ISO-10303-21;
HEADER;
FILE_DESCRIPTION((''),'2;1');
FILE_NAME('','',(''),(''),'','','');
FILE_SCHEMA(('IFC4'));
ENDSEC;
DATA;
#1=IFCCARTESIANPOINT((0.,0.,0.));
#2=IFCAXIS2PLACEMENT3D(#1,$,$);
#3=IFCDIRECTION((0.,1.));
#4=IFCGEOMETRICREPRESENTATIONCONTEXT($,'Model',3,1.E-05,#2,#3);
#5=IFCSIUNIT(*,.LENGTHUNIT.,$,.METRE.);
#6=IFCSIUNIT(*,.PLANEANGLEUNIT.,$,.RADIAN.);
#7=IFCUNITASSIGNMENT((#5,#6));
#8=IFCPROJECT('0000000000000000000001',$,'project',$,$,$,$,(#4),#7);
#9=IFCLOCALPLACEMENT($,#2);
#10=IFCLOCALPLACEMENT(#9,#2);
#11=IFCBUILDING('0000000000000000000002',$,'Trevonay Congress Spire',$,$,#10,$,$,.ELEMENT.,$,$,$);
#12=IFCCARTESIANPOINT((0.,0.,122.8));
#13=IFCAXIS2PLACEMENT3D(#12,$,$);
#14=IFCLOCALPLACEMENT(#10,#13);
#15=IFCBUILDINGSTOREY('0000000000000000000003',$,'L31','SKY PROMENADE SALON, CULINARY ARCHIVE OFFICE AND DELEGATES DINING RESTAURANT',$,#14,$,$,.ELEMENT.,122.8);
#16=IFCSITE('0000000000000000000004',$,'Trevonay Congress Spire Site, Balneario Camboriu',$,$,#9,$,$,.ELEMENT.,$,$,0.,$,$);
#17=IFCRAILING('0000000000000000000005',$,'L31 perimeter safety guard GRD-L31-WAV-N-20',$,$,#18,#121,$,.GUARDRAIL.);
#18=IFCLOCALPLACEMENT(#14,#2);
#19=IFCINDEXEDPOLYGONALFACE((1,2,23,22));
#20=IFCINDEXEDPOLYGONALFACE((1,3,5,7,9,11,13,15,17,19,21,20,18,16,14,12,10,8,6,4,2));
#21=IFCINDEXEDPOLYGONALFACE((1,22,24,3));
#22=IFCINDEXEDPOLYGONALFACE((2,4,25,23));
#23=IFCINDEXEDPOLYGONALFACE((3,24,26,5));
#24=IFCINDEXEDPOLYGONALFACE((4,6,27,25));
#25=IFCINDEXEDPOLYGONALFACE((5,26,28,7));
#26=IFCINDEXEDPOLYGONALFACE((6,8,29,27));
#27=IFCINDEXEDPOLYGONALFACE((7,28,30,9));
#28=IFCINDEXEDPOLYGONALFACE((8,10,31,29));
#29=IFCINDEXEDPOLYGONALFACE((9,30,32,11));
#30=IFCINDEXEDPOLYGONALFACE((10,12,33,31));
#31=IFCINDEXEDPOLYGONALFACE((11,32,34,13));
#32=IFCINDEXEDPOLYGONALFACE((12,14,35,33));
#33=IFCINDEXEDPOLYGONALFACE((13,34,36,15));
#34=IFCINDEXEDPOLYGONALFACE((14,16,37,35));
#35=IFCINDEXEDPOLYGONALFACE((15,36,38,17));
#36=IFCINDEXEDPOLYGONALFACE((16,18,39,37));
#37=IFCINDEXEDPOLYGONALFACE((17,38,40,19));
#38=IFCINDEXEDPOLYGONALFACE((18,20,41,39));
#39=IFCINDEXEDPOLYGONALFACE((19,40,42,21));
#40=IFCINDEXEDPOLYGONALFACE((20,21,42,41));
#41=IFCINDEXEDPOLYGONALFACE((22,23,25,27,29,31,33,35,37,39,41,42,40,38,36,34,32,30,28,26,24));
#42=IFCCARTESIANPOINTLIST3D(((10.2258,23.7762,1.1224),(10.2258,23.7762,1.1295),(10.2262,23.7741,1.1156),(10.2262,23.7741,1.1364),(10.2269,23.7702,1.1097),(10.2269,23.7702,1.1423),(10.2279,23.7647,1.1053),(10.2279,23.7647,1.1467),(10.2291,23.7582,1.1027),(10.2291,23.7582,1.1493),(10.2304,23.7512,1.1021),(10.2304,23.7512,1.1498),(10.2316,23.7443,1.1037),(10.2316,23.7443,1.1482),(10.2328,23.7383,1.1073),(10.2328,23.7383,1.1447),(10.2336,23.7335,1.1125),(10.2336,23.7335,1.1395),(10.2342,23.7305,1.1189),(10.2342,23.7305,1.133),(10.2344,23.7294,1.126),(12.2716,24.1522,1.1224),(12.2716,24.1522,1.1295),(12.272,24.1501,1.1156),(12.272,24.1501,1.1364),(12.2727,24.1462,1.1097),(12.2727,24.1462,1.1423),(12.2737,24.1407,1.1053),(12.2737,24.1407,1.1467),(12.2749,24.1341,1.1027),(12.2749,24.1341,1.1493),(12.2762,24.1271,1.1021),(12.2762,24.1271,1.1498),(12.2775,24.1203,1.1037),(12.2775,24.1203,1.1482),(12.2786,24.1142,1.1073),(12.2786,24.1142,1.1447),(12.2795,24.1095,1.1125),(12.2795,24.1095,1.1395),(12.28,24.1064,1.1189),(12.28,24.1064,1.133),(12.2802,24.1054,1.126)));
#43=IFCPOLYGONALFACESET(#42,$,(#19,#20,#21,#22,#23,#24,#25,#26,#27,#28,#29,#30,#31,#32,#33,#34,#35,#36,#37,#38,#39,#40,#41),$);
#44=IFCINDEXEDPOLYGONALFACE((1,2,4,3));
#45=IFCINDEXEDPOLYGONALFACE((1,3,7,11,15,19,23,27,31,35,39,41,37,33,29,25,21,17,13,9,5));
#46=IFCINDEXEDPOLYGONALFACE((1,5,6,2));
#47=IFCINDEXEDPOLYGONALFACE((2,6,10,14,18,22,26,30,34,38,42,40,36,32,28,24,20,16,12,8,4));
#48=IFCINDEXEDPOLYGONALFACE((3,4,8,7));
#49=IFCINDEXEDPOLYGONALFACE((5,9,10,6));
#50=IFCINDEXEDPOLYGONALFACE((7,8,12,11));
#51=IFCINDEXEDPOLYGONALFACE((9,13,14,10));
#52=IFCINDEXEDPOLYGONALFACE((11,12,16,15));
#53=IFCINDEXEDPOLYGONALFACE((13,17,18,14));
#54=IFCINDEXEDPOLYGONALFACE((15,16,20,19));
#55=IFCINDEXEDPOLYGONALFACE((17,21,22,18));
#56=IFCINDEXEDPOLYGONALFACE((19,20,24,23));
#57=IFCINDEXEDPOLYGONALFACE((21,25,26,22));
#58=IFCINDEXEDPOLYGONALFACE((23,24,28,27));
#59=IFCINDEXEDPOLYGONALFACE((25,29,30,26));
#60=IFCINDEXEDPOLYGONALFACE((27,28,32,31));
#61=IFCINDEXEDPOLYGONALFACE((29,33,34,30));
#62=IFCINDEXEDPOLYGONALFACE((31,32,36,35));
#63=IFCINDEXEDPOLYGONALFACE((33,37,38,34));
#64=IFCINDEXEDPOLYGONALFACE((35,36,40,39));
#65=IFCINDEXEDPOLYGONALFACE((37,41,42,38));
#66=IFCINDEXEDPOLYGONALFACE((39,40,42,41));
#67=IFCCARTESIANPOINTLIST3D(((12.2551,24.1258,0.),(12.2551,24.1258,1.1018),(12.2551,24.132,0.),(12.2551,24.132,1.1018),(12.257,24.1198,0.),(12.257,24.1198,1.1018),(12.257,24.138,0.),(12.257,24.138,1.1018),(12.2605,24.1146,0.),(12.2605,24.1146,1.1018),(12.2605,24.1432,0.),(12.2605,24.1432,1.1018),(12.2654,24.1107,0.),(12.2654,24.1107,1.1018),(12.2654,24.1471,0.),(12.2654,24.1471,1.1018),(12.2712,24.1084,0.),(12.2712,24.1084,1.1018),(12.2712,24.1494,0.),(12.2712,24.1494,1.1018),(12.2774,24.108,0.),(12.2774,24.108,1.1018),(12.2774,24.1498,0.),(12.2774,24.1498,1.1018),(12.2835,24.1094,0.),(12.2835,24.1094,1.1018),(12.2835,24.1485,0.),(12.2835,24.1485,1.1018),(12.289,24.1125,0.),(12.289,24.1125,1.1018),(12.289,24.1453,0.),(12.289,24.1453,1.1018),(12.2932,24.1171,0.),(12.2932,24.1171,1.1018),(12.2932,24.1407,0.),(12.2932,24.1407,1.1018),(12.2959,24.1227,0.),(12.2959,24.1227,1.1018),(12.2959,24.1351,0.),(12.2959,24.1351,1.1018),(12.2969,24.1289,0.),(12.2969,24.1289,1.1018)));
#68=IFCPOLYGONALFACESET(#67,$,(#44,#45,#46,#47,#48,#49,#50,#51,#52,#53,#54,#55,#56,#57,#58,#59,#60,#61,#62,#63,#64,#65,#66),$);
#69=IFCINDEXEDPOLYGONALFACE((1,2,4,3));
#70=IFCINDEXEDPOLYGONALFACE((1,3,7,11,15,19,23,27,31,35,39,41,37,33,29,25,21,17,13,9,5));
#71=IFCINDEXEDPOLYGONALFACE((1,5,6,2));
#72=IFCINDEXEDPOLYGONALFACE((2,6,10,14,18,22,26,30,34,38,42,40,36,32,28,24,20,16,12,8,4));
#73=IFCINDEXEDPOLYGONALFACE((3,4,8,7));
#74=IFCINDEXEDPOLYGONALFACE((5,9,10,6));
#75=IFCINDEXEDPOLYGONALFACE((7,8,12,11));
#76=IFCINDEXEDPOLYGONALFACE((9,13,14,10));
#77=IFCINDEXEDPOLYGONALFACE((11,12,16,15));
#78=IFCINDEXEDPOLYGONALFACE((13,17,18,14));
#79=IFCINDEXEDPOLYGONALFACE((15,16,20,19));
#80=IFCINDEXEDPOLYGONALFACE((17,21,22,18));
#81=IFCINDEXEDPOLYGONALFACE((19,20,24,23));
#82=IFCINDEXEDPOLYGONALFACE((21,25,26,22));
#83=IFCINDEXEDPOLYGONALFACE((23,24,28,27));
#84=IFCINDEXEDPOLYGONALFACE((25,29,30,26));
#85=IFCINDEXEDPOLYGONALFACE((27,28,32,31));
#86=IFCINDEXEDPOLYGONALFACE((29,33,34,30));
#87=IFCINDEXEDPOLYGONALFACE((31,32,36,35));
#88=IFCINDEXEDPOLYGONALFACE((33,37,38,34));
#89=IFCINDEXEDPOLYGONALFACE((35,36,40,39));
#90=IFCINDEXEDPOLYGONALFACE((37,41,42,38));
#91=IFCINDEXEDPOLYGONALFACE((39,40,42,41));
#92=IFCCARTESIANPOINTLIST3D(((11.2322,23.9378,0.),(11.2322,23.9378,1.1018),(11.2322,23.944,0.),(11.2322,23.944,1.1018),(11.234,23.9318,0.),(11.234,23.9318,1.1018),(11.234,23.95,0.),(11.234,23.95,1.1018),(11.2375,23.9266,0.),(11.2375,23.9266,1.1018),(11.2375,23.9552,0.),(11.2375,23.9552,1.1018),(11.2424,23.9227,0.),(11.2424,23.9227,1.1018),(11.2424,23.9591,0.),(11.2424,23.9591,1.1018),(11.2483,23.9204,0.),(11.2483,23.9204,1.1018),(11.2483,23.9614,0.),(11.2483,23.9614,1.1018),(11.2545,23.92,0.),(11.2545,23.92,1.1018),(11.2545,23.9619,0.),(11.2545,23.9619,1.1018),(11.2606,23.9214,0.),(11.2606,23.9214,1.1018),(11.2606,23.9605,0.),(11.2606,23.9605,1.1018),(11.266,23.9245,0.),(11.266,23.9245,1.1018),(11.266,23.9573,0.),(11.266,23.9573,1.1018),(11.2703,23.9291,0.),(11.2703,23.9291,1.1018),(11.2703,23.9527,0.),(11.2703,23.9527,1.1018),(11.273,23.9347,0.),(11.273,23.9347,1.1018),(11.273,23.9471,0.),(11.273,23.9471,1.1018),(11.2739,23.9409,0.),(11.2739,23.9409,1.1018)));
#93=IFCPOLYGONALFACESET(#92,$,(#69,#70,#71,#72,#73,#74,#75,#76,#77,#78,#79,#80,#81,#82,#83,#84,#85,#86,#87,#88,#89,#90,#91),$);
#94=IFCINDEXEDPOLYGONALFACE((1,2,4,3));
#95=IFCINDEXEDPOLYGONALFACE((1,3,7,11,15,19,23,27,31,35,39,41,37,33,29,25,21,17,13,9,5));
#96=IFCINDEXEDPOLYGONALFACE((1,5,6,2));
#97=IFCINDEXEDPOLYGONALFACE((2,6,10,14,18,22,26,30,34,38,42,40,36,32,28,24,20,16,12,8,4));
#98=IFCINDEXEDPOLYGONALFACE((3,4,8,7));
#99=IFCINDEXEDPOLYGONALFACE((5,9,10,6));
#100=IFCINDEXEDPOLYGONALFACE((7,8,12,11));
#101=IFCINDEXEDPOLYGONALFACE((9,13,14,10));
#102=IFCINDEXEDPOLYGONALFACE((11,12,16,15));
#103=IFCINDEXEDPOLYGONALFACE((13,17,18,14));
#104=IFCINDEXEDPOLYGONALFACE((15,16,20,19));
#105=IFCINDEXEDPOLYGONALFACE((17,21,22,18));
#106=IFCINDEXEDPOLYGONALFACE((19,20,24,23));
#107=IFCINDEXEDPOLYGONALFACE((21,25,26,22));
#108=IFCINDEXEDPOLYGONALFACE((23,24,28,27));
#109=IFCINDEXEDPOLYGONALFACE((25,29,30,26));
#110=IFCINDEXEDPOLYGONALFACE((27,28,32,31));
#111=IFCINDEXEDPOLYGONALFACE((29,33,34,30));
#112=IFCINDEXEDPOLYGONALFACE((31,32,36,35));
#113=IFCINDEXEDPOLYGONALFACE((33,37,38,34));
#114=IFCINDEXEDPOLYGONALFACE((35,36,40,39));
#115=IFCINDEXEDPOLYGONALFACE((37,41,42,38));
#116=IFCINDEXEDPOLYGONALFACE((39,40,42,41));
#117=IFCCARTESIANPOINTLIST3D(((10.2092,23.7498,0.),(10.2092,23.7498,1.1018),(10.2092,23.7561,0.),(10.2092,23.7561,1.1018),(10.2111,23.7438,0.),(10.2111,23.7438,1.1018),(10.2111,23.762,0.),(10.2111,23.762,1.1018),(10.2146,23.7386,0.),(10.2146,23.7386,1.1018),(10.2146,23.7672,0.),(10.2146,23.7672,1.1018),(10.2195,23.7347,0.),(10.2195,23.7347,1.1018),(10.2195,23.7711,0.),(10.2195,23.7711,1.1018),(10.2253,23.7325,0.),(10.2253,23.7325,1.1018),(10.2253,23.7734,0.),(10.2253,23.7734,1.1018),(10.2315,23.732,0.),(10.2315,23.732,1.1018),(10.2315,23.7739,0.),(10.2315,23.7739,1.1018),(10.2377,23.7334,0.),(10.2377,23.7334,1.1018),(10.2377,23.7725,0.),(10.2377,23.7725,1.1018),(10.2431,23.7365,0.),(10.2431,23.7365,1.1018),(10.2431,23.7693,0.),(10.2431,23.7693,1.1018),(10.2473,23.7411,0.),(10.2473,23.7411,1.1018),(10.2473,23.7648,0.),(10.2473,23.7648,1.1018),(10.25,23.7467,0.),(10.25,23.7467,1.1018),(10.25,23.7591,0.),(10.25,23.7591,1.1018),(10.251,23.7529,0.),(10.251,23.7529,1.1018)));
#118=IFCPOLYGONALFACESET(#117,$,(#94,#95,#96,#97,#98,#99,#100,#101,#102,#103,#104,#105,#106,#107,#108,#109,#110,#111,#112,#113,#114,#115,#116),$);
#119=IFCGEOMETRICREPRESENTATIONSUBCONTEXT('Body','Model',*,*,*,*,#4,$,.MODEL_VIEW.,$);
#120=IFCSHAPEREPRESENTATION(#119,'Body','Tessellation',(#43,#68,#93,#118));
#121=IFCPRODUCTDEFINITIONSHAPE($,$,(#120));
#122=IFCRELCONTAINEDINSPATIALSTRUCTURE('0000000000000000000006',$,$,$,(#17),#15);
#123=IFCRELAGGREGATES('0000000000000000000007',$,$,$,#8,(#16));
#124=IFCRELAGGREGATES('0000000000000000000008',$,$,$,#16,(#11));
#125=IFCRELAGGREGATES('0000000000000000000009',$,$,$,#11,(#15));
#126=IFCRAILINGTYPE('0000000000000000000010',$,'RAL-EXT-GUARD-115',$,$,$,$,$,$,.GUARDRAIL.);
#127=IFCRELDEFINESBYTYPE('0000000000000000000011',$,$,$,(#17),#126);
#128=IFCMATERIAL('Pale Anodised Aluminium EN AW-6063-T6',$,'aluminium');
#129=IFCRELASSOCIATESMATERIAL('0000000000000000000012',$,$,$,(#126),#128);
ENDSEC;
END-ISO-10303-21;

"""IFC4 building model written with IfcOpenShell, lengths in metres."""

from ifc_helpers import new_model, si_unit, direction, frame, origin, origin_2d, place, context, subcontext, project, spatial, circle, extrude, material, type_object, element, save


model = new_model("IFC4")

# Units and contexts
model_context = context("Model", 3, precision=1e-05, world=origin(), true_north=direction((0.0, 1.0)))
body_context = subcontext(model_context, "Body", "Model", "MODEL_VIEW")
ifc_project = project(units=[si_unit("LENGTHUNIT", "METRE"), si_unit("PLANEANGLEUNIT", "RADIAN")], contexts=[model_context])

# Site, building, storey
site_placement = place(None, origin())
site = spatial("IfcSite", under=ifc_project, at=site_placement, Name="Trevonay Congress Spire Site, Balneario Camboriu", CompositionType="ELEMENT", RefElevation=0.0)
building_placement = place(site_placement, origin())
building = spatial("IfcBuilding", under=site, at=building_placement, Name="Trevonay Congress Spire", CompositionType="ELEMENT")
storey_placement = place(building_placement, frame((0.0, 0.0, 122.8)))
storey = spatial("IfcBuildingStorey", under=building, at=storey_placement, Name="L31", Description="SKY PROMENADE SALON, CULINARY ARCHIVE OFFICE AND DELEGATES DINING RESTAURANT", CompositionType="ELEMENT", Elevation=122.8)

# Shared definitions
ifc_material_1 = material(Name="Pale Anodised Aluminium EN AW-6063-T6", Category="aluminium")

# Railing
railing_type = type_object("IfcRailingType", Name="RAL-EXT-GUARD-115", PredefinedType="GUARDRAIL", material=ifc_material_1)
railing_1_placement = place(storey_placement, frame((12.2759, 24.1289, 0.0)))
element("IfcRailing", 1, at=railing_1_placement, inside=storey, type_object=railing_type, Name="L31 perimeter safety guard GRD-L31-WAV-N-20", PredefinedType="GUARDRAIL", context=body_context, shape_type="SweptSolid", body=[
    extrude(circle(Radius=0.0239, at=origin_2d()), frame((0.0, 0.0, 1.126), z_axis=(-0.98353, -0.180744, 0.0), x_axis=(0.180744, -0.98353, 0.0)), (0.0, 0.0, 1.0), 2.0801),
    extrude(circle(Radius=0.021, at=origin_2d()), origin(), (0.0, 0.0, 1.0), 1.1018),
    extrude(circle(Radius=0.021, at=origin_2d()), frame((-1.0229, -0.188, 0.0)), (0.0, 0.0, 1.0), 1.1018),
    extrude(circle(Radius=0.021, at=origin_2d()), frame((-2.0459, -0.376, 0.0)), (0.0, 0.0, 1.0), 1.1018),
])

save(model, "model.ifc")
